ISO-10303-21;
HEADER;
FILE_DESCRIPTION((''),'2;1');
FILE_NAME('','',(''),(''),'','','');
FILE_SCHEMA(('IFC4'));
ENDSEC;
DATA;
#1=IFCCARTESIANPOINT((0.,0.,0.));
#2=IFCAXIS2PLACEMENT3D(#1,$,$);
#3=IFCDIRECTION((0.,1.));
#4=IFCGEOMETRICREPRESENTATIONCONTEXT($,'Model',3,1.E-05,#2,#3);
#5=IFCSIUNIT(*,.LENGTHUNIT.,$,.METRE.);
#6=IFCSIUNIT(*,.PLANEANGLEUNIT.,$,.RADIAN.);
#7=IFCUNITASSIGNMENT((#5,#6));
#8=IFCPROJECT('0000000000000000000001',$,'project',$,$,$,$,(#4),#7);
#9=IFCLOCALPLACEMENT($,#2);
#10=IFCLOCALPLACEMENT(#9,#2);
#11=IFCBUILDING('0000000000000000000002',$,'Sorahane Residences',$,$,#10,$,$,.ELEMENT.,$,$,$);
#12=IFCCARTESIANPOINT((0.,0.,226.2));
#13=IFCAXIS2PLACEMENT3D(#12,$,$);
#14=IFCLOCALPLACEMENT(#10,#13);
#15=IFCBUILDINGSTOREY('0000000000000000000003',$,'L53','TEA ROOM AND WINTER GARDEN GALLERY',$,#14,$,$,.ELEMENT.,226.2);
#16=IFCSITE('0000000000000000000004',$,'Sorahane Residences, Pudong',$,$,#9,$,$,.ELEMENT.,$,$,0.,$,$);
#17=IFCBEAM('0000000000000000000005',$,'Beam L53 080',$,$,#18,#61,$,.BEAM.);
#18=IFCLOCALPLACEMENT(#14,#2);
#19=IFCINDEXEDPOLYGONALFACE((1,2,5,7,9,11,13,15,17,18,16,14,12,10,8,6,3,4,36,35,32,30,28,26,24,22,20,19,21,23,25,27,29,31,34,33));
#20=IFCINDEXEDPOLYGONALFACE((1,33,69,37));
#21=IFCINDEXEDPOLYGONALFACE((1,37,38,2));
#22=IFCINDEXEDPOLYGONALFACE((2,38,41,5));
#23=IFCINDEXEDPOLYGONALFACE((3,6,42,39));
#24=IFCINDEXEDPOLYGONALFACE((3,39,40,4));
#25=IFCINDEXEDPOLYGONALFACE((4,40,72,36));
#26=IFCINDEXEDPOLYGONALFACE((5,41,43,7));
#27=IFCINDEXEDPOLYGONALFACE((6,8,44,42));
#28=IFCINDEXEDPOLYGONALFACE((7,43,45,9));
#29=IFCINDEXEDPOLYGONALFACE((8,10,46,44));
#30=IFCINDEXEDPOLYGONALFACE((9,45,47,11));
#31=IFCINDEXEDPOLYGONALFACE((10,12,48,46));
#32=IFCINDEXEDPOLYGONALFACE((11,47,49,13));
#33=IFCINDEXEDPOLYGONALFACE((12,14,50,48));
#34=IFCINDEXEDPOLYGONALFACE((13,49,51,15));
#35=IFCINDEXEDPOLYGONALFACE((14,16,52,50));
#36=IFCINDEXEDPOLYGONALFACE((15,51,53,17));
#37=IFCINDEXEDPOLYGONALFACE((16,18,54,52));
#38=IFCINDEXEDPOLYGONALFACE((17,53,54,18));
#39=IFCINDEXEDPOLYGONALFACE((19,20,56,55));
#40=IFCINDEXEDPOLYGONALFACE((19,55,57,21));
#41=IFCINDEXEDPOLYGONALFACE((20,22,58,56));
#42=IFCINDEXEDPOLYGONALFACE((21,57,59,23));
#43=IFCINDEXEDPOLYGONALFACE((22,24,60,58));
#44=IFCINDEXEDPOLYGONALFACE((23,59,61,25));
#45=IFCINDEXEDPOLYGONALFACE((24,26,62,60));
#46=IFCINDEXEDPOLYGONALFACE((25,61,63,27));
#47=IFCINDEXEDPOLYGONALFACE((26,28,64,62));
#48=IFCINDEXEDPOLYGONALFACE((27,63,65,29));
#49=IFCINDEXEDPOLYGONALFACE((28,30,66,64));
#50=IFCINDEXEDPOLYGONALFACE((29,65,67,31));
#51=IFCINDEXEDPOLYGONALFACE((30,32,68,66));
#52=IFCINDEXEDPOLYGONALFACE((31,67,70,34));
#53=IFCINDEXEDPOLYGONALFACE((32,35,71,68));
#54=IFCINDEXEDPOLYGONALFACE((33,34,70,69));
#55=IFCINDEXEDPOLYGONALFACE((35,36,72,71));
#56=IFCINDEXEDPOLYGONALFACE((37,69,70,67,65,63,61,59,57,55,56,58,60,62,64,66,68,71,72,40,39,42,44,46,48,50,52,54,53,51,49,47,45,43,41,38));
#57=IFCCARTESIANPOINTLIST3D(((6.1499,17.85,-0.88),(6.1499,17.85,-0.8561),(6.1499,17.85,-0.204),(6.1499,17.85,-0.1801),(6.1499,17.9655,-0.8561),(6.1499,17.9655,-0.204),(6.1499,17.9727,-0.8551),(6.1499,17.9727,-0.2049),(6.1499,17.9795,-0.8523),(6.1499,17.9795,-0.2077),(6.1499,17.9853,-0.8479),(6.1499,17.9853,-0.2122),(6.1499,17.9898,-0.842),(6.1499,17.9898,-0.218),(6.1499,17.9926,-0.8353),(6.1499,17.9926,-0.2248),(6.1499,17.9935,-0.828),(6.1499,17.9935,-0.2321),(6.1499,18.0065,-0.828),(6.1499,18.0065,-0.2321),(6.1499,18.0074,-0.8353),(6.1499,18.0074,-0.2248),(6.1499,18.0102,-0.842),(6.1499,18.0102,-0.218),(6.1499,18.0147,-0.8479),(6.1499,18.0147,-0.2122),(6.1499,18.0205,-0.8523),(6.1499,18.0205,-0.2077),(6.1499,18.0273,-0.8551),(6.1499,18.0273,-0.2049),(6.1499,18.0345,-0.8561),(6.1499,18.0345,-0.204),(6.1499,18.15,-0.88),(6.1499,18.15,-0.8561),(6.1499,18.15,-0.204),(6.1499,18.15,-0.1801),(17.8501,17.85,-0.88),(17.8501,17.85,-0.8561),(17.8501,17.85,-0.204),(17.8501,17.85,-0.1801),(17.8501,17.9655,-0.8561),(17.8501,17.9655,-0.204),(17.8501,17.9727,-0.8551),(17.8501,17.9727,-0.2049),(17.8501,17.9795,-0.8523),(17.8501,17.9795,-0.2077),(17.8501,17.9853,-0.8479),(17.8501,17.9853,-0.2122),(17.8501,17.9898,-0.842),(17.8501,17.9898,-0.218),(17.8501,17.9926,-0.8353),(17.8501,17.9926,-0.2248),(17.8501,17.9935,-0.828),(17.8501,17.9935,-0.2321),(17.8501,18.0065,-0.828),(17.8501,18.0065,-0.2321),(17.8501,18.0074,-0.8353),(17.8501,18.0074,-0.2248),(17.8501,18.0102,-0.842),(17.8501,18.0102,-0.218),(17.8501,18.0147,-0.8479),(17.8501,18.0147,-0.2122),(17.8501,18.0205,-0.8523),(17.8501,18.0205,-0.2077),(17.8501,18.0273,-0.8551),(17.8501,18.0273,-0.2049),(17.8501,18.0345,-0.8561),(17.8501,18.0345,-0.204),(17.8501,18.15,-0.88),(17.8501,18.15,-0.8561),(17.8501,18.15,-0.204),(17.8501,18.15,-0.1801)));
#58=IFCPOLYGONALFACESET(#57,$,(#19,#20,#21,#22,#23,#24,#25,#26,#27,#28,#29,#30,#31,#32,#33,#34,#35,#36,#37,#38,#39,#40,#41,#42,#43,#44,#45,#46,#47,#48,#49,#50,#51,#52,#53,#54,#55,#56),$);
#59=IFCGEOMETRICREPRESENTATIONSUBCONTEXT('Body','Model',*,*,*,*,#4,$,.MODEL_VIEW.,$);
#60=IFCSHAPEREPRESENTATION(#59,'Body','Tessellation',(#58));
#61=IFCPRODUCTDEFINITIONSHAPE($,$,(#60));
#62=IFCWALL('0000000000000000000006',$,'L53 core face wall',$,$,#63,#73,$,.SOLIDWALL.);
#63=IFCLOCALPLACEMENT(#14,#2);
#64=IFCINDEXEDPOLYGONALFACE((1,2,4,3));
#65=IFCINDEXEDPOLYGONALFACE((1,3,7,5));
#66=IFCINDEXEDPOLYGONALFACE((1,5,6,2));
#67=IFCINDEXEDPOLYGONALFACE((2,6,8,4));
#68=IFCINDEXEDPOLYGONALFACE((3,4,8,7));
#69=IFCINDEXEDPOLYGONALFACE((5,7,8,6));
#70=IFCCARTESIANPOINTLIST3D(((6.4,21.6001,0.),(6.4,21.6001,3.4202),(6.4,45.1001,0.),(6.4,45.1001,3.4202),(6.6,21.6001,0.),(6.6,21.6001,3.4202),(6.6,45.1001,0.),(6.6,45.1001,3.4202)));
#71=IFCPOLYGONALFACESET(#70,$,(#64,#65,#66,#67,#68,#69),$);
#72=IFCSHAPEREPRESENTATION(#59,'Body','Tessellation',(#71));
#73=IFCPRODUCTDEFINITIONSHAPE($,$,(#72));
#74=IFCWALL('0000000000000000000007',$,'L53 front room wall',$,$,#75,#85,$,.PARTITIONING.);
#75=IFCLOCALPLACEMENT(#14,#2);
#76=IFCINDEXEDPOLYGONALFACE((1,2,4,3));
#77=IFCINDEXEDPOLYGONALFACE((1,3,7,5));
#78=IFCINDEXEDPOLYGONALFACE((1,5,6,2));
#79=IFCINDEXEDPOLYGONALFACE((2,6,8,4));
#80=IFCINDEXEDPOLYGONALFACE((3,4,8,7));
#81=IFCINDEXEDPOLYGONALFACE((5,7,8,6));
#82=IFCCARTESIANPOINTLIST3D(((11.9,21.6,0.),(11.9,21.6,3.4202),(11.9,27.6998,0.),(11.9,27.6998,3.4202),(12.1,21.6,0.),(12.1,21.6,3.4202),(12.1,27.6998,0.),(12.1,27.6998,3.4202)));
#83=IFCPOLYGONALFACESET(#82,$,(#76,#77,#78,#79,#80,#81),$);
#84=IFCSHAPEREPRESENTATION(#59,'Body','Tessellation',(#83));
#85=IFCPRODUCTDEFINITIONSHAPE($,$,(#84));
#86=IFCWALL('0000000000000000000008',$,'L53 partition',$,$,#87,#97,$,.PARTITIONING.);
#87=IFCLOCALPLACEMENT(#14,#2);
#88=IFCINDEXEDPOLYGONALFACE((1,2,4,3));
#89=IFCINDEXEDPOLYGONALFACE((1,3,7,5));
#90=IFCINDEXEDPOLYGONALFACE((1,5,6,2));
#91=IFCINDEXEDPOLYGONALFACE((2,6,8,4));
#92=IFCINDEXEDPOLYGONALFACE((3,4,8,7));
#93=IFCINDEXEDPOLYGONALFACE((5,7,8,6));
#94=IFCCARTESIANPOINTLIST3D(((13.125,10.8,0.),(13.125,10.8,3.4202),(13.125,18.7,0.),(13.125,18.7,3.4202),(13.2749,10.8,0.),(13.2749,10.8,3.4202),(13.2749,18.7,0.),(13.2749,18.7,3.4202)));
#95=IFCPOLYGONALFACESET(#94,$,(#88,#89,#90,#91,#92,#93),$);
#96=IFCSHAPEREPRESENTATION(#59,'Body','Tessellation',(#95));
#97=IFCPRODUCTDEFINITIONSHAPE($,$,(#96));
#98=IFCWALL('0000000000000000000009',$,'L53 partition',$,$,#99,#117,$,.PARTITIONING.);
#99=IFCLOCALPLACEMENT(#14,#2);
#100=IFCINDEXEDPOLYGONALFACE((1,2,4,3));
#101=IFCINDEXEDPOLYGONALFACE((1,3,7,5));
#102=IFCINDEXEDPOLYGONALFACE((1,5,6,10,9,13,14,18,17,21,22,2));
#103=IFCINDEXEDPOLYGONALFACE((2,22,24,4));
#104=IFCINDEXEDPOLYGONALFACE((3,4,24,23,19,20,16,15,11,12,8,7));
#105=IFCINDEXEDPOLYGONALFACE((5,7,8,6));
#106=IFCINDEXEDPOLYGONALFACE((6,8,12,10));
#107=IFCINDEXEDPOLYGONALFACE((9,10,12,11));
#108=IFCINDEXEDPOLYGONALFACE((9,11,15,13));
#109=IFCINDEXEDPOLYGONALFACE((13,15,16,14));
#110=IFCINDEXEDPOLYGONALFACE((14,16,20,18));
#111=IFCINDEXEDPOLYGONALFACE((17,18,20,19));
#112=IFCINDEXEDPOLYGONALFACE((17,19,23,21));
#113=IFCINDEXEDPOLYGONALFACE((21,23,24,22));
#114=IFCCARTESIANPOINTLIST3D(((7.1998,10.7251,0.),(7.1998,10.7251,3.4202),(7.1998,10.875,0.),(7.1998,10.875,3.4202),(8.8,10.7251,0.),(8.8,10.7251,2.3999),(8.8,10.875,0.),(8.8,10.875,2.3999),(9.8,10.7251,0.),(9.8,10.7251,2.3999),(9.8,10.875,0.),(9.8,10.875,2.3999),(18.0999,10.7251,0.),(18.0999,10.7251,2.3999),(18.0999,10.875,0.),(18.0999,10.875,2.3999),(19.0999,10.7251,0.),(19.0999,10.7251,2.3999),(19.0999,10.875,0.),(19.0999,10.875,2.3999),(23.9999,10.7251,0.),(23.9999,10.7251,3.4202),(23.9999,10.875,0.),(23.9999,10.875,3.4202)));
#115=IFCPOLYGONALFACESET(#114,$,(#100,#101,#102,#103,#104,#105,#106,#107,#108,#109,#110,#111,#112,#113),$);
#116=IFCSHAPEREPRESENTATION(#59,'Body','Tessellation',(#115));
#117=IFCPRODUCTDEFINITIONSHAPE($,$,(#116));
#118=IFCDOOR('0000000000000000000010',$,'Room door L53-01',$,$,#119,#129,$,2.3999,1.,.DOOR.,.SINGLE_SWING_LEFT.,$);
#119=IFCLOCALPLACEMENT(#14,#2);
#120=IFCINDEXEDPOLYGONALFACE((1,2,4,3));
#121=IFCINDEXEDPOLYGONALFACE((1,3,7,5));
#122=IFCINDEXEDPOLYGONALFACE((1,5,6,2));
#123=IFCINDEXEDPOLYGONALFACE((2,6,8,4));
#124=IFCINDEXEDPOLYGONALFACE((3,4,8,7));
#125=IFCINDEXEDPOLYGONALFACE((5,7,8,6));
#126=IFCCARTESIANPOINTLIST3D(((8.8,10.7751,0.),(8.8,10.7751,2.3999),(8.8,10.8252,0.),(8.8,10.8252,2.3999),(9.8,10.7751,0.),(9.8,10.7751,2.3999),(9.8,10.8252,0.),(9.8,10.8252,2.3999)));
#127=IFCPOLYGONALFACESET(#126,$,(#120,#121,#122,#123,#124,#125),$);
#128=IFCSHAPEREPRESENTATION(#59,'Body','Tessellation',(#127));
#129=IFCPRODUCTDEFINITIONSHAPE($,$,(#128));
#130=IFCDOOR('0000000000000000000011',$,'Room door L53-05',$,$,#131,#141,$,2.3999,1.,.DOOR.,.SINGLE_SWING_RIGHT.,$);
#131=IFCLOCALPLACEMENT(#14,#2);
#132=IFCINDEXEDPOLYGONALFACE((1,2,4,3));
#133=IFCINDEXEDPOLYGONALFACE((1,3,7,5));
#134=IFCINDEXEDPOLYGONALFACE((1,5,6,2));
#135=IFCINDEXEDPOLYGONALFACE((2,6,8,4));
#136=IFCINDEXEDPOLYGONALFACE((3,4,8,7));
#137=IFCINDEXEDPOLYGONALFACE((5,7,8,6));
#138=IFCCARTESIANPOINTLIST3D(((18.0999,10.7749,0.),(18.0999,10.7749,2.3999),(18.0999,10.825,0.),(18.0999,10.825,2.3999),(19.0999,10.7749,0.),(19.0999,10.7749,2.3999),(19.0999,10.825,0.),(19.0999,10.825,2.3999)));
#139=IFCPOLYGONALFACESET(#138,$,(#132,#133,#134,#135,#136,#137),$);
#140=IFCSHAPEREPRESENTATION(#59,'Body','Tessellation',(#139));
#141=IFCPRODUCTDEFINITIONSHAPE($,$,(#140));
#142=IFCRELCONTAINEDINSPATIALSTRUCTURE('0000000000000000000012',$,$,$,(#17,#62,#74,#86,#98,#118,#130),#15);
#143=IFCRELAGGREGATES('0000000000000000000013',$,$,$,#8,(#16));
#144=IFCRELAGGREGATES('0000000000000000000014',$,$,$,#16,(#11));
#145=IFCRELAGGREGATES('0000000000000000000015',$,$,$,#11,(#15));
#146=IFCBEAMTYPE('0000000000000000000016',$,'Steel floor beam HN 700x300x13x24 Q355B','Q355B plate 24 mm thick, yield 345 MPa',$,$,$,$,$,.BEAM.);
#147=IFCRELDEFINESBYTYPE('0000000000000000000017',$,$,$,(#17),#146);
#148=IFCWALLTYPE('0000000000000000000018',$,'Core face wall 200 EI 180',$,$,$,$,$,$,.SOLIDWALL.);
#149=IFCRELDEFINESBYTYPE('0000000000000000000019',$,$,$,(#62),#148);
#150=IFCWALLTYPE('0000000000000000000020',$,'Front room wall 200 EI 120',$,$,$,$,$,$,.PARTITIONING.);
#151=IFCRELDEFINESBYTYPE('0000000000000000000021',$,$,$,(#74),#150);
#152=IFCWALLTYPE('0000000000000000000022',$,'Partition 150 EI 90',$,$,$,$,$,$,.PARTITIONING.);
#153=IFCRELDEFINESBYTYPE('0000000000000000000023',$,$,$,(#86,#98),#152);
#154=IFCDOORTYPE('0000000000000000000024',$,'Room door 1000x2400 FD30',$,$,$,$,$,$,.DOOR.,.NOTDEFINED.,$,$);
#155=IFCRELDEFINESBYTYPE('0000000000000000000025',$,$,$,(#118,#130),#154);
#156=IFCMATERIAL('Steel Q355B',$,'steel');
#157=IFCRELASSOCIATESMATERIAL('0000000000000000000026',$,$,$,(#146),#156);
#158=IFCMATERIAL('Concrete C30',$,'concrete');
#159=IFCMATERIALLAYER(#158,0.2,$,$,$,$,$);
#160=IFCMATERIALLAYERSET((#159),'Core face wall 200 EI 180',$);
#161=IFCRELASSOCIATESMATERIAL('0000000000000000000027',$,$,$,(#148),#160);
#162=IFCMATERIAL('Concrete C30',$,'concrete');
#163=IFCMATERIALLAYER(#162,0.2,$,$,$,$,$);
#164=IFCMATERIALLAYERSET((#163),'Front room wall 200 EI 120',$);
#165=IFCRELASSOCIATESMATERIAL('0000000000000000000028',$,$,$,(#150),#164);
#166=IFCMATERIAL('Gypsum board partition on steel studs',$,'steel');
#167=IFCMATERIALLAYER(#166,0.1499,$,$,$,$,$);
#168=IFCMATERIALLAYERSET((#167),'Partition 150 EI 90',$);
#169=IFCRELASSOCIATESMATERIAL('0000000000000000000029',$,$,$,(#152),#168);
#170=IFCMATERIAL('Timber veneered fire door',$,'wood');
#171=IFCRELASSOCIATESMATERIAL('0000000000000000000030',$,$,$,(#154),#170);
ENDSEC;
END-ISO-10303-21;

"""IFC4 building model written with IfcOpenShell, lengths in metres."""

from ifc_helpers import new_model, si_unit, direction, frame, frame_2d, origin, origin_2d, place, context, subcontext, project, spatial, rectangle, i_section, extrude, material, layer, layer_set, material_profile, profile_set, type_object, element, fill, save


model = new_model("IFC4")

# Units and contexts
model_context = context("Model", 3, precision=1e-05, world=origin(), true_north=direction((0.0, 1.0)))
body_context = subcontext(model_context, "Body", "Model", "MODEL_VIEW")
ifc_project = project(units=[si_unit("LENGTHUNIT", "METRE"), si_unit("PLANEANGLEUNIT", "RADIAN")], contexts=[model_context])

# Site, building, storey
site_placement = place(None, origin())
site = spatial("IfcSite", under=ifc_project, at=site_placement, Name="Sorahane Residences, Pudong", CompositionType="ELEMENT", RefElevation=0.0)
building_placement = place(site_placement, origin())
building = spatial("IfcBuilding", under=site, at=building_placement, Name="Sorahane Residences", CompositionType="ELEMENT")
storey_placement = place(building_placement, frame((0.0, 0.0, 226.2)))
storey = spatial("IfcBuildingStorey", under=building, at=storey_placement, Name="L53", Description="TEA ROOM AND WINTER GARDEN GALLERY", CompositionType="ELEMENT", Elevation=226.2)

# Beam
ifc_material_1 = material(Name="Steel Q355B", Category="steel")
ifc_material_profile_1 = material_profile(ifc_material_1, i_section(OverallWidth=0.3, OverallDepth=0.7, WebThickness=0.0129, FlangeThickness=0.0239, FilletRadius=0.0281, at=origin_2d()), Name="HN 700x300x13x24")
ifc_profile_set_1 = profile_set([ifc_material_profile_1], Name="Steel Q355B")
beam_type_1 = type_object("IfcBeamType", Name="Steel floor beam HN 700x300x13x24 Q355B", Description="Q355B plate 24 mm thick, yield 345 MPa", PredefinedType="BEAM", material=ifc_profile_set_1)
beam_1_placement = place(storey_placement, frame((6.1499, 18.0, -0.53), z_axis=(1.0, 0.0, 0.0), x_axis=(0.0, 1.0, 0.0)))
element("IfcBeam", 1, at=beam_1_placement, inside=storey, type_object=beam_type_1, Name="Beam L53 080", PredefinedType="BEAM", context=body_context, shape_type="SweptSolid", body=[
    extrude(i_section(OverallWidth=0.3, OverallDepth=0.7, WebThickness=0.0129, FlangeThickness=0.0239, FilletRadius=0.0281, at=origin_2d()), origin(), (0.0, 0.0, 1.0), 11.7002),
])

# Walls
ifc_material_2 = material(Name="Concrete C30", Category="concrete")
ifc_layer_1 = layer(ifc_material_2, 0.2)
ifc_layer_set_1 = layer_set([ifc_layer_1], Name="Core face wall 200 EI 180")
wall_type_1 = type_object("IfcWallType", Name="Core face wall 200 EI 180", PredefinedType="SOLIDWALL", material=ifc_layer_set_1)
wall_1_placement = place(storey_placement, frame((6.5, 21.6001, 0.0), z_axis=(0.0, 0.0, 1.0), x_axis=(0.0, 1.0, 0.0)))
element("IfcWall", 2, at=wall_1_placement, inside=storey, type_object=wall_type_1, Name="L53 core face wall", PredefinedType="SOLIDWALL", context=body_context, shape_type="SweptSolid", body=[
    extrude(rectangle(XDim=23.5, YDim=0.2, at=frame_2d((11.75, 0.0))), origin(), (0.0, 0.0, 1.0), 3.4202),
])
ifc_material_3 = material(Name="Concrete C30", Category="concrete")
ifc_layer_2 = layer(ifc_material_3, 0.2)
ifc_layer_set_2 = layer_set([ifc_layer_2], Name="Front room wall 200 EI 120")
wall_type_2 = type_object("IfcWallType", Name="Front room wall 200 EI 120", PredefinedType="PARTITIONING", material=ifc_layer_set_2)
wall_2_placement = place(storey_placement, frame((12.0, 21.6001, 0.0), z_axis=(0.0, 0.0, 1.0), x_axis=(0.0, 1.0, 0.0)))
element("IfcWall", 3, at=wall_2_placement, inside=storey, type_object=wall_type_2, Name="L53 front room wall", PredefinedType="PARTITIONING", context=body_context, shape_type="SweptSolid", body=[
    extrude(rectangle(XDim=6.0999, YDim=0.2, at=frame_2d((3.0498, 0.0))), origin(), (0.0, 0.0, 1.0), 3.4202),
])
ifc_material_4 = material(Name="Gypsum board partition on steel studs", Category="steel")
ifc_layer_3 = layer(ifc_material_4, 0.1499)
ifc_layer_set_3 = layer_set([ifc_layer_3], Name="Partition 150 EI 90")
wall_type_3 = type_object("IfcWallType", Name="Partition 150 EI 90", PredefinedType="PARTITIONING", material=ifc_layer_set_3)
wall_3_placement = place(storey_placement, frame((13.2, 10.8, 0.0), z_axis=(0.0, 0.0, 1.0), x_axis=(0.0, 1.0, 0.0)))
element("IfcWall", 4, at=wall_3_placement, inside=storey, type_object=wall_type_3, Name="L53 partition", PredefinedType="PARTITIONING", context=body_context, shape_type="SweptSolid", body=[
    extrude(rectangle(XDim=7.8999, YDim=0.1499, at=frame_2d((3.95, 0.0))), origin(), (0.0, 0.0, 1.0), 3.4202),
])

# Wall, openings, doors
wall_4_placement = place(storey_placement, frame((7.2, 10.8, 0.0), z_axis=(0.0, 0.0, 1.0), x_axis=(1.0, 0.0, 0.0)))
wall_4 = element("IfcWall", 5, at=wall_4_placement, inside=storey, type_object=wall_type_3, Name="L53 partition", PredefinedType="PARTITIONING", context=body_context, shape_type="SweptSolid", body=[
    extrude(rectangle(XDim=16.8, YDim=0.1499, at=frame_2d((8.3999, 0.0))), origin(), (0.0, 0.0, 1.0), 3.4202),
])
opening_1_placement = place(wall_4_placement, frame((1.6001, 0.0, 0.0)))
opening_1 = element("IfcOpeningElement", 6, at=opening_1_placement, cuts=wall_4, PredefinedType="OPENING", context=body_context, shape_type="SweptSolid", body=[
    extrude(rectangle(XDim=1.0, YDim=2.3999, at=frame_2d((0.5, 1.2))), frame((0.0, 0.085, 0.0), z_axis=(0.0, -1.0, 0.0), x_axis=(1.0, 0.0, 0.0)), (0.0, 0.0, 1.0), 0.1699),
])
opening_2_placement = place(wall_4_placement, frame((10.8999, 0.0, 0.0)))
opening_2 = element("IfcOpeningElement", 7, at=opening_2_placement, cuts=wall_4, PredefinedType="OPENING", context=body_context, shape_type="SweptSolid", body=[
    extrude(rectangle(XDim=1.0, YDim=2.3999, at=frame_2d((0.5, 1.2))), frame((0.0, 0.085, 0.0), z_axis=(0.0, -1.0, 0.0), x_axis=(1.0, 0.0, 0.0)), (0.0, 0.0, 1.0), 0.1699),
])
ifc_material_5 = material(Name="Timber veneered fire door", Category="wood")
door_type_1 = type_object("IfcDoorType", Name="Room door 1000x2400 FD30", OperationType="NOTDEFINED", PredefinedType="DOOR", material=ifc_material_5)
door_1_placement = place(opening_1_placement, frame((1.0, 0.0, 0.0), z_axis=(0.0, 0.0, 1.0), x_axis=(-1.0, 0.0, 0.0)))
door_1 = element("IfcDoor", 8, at=door_1_placement, inside=storey, type_object=door_type_1, Name="Room door L53-01", OperationType="SINGLE_SWING_LEFT", OverallHeight=2.3999, OverallWidth=1.0, PredefinedType="DOOR", context=body_context, shape_type="SweptSolid", body=[
    extrude(rectangle(XDim=1.0, YDim=2.3999, at=frame_2d((0.5, 1.2))), frame((0.0, 0.0249, 0.0), z_axis=(0.0, -1.0, 0.0), x_axis=(1.0, 0.0, 0.0)), (0.0, 0.0, 1.0), 0.05),
])
fill(opening_1, door_1)
door_2_placement = place(opening_2_placement, origin())
door_2 = element("IfcDoor", 9, at=door_2_placement, inside=storey, type_object=door_type_1, Name="Room door L53-05", OperationType="SINGLE_SWING_RIGHT", OverallHeight=2.3999, OverallWidth=1.0, PredefinedType="DOOR", context=body_context, shape_type="SweptSolid", body=[
    extrude(rectangle(XDim=1.0, YDim=2.3999, at=frame_2d((0.5, 1.2))), frame((0.0, 0.0249, 0.0), z_axis=(0.0, -1.0, 0.0), x_axis=(1.0, 0.0, 0.0)), (0.0, 0.0, 1.0), 0.05),
])
fill(opening_2, door_2)

save(model, "model.ifc")
